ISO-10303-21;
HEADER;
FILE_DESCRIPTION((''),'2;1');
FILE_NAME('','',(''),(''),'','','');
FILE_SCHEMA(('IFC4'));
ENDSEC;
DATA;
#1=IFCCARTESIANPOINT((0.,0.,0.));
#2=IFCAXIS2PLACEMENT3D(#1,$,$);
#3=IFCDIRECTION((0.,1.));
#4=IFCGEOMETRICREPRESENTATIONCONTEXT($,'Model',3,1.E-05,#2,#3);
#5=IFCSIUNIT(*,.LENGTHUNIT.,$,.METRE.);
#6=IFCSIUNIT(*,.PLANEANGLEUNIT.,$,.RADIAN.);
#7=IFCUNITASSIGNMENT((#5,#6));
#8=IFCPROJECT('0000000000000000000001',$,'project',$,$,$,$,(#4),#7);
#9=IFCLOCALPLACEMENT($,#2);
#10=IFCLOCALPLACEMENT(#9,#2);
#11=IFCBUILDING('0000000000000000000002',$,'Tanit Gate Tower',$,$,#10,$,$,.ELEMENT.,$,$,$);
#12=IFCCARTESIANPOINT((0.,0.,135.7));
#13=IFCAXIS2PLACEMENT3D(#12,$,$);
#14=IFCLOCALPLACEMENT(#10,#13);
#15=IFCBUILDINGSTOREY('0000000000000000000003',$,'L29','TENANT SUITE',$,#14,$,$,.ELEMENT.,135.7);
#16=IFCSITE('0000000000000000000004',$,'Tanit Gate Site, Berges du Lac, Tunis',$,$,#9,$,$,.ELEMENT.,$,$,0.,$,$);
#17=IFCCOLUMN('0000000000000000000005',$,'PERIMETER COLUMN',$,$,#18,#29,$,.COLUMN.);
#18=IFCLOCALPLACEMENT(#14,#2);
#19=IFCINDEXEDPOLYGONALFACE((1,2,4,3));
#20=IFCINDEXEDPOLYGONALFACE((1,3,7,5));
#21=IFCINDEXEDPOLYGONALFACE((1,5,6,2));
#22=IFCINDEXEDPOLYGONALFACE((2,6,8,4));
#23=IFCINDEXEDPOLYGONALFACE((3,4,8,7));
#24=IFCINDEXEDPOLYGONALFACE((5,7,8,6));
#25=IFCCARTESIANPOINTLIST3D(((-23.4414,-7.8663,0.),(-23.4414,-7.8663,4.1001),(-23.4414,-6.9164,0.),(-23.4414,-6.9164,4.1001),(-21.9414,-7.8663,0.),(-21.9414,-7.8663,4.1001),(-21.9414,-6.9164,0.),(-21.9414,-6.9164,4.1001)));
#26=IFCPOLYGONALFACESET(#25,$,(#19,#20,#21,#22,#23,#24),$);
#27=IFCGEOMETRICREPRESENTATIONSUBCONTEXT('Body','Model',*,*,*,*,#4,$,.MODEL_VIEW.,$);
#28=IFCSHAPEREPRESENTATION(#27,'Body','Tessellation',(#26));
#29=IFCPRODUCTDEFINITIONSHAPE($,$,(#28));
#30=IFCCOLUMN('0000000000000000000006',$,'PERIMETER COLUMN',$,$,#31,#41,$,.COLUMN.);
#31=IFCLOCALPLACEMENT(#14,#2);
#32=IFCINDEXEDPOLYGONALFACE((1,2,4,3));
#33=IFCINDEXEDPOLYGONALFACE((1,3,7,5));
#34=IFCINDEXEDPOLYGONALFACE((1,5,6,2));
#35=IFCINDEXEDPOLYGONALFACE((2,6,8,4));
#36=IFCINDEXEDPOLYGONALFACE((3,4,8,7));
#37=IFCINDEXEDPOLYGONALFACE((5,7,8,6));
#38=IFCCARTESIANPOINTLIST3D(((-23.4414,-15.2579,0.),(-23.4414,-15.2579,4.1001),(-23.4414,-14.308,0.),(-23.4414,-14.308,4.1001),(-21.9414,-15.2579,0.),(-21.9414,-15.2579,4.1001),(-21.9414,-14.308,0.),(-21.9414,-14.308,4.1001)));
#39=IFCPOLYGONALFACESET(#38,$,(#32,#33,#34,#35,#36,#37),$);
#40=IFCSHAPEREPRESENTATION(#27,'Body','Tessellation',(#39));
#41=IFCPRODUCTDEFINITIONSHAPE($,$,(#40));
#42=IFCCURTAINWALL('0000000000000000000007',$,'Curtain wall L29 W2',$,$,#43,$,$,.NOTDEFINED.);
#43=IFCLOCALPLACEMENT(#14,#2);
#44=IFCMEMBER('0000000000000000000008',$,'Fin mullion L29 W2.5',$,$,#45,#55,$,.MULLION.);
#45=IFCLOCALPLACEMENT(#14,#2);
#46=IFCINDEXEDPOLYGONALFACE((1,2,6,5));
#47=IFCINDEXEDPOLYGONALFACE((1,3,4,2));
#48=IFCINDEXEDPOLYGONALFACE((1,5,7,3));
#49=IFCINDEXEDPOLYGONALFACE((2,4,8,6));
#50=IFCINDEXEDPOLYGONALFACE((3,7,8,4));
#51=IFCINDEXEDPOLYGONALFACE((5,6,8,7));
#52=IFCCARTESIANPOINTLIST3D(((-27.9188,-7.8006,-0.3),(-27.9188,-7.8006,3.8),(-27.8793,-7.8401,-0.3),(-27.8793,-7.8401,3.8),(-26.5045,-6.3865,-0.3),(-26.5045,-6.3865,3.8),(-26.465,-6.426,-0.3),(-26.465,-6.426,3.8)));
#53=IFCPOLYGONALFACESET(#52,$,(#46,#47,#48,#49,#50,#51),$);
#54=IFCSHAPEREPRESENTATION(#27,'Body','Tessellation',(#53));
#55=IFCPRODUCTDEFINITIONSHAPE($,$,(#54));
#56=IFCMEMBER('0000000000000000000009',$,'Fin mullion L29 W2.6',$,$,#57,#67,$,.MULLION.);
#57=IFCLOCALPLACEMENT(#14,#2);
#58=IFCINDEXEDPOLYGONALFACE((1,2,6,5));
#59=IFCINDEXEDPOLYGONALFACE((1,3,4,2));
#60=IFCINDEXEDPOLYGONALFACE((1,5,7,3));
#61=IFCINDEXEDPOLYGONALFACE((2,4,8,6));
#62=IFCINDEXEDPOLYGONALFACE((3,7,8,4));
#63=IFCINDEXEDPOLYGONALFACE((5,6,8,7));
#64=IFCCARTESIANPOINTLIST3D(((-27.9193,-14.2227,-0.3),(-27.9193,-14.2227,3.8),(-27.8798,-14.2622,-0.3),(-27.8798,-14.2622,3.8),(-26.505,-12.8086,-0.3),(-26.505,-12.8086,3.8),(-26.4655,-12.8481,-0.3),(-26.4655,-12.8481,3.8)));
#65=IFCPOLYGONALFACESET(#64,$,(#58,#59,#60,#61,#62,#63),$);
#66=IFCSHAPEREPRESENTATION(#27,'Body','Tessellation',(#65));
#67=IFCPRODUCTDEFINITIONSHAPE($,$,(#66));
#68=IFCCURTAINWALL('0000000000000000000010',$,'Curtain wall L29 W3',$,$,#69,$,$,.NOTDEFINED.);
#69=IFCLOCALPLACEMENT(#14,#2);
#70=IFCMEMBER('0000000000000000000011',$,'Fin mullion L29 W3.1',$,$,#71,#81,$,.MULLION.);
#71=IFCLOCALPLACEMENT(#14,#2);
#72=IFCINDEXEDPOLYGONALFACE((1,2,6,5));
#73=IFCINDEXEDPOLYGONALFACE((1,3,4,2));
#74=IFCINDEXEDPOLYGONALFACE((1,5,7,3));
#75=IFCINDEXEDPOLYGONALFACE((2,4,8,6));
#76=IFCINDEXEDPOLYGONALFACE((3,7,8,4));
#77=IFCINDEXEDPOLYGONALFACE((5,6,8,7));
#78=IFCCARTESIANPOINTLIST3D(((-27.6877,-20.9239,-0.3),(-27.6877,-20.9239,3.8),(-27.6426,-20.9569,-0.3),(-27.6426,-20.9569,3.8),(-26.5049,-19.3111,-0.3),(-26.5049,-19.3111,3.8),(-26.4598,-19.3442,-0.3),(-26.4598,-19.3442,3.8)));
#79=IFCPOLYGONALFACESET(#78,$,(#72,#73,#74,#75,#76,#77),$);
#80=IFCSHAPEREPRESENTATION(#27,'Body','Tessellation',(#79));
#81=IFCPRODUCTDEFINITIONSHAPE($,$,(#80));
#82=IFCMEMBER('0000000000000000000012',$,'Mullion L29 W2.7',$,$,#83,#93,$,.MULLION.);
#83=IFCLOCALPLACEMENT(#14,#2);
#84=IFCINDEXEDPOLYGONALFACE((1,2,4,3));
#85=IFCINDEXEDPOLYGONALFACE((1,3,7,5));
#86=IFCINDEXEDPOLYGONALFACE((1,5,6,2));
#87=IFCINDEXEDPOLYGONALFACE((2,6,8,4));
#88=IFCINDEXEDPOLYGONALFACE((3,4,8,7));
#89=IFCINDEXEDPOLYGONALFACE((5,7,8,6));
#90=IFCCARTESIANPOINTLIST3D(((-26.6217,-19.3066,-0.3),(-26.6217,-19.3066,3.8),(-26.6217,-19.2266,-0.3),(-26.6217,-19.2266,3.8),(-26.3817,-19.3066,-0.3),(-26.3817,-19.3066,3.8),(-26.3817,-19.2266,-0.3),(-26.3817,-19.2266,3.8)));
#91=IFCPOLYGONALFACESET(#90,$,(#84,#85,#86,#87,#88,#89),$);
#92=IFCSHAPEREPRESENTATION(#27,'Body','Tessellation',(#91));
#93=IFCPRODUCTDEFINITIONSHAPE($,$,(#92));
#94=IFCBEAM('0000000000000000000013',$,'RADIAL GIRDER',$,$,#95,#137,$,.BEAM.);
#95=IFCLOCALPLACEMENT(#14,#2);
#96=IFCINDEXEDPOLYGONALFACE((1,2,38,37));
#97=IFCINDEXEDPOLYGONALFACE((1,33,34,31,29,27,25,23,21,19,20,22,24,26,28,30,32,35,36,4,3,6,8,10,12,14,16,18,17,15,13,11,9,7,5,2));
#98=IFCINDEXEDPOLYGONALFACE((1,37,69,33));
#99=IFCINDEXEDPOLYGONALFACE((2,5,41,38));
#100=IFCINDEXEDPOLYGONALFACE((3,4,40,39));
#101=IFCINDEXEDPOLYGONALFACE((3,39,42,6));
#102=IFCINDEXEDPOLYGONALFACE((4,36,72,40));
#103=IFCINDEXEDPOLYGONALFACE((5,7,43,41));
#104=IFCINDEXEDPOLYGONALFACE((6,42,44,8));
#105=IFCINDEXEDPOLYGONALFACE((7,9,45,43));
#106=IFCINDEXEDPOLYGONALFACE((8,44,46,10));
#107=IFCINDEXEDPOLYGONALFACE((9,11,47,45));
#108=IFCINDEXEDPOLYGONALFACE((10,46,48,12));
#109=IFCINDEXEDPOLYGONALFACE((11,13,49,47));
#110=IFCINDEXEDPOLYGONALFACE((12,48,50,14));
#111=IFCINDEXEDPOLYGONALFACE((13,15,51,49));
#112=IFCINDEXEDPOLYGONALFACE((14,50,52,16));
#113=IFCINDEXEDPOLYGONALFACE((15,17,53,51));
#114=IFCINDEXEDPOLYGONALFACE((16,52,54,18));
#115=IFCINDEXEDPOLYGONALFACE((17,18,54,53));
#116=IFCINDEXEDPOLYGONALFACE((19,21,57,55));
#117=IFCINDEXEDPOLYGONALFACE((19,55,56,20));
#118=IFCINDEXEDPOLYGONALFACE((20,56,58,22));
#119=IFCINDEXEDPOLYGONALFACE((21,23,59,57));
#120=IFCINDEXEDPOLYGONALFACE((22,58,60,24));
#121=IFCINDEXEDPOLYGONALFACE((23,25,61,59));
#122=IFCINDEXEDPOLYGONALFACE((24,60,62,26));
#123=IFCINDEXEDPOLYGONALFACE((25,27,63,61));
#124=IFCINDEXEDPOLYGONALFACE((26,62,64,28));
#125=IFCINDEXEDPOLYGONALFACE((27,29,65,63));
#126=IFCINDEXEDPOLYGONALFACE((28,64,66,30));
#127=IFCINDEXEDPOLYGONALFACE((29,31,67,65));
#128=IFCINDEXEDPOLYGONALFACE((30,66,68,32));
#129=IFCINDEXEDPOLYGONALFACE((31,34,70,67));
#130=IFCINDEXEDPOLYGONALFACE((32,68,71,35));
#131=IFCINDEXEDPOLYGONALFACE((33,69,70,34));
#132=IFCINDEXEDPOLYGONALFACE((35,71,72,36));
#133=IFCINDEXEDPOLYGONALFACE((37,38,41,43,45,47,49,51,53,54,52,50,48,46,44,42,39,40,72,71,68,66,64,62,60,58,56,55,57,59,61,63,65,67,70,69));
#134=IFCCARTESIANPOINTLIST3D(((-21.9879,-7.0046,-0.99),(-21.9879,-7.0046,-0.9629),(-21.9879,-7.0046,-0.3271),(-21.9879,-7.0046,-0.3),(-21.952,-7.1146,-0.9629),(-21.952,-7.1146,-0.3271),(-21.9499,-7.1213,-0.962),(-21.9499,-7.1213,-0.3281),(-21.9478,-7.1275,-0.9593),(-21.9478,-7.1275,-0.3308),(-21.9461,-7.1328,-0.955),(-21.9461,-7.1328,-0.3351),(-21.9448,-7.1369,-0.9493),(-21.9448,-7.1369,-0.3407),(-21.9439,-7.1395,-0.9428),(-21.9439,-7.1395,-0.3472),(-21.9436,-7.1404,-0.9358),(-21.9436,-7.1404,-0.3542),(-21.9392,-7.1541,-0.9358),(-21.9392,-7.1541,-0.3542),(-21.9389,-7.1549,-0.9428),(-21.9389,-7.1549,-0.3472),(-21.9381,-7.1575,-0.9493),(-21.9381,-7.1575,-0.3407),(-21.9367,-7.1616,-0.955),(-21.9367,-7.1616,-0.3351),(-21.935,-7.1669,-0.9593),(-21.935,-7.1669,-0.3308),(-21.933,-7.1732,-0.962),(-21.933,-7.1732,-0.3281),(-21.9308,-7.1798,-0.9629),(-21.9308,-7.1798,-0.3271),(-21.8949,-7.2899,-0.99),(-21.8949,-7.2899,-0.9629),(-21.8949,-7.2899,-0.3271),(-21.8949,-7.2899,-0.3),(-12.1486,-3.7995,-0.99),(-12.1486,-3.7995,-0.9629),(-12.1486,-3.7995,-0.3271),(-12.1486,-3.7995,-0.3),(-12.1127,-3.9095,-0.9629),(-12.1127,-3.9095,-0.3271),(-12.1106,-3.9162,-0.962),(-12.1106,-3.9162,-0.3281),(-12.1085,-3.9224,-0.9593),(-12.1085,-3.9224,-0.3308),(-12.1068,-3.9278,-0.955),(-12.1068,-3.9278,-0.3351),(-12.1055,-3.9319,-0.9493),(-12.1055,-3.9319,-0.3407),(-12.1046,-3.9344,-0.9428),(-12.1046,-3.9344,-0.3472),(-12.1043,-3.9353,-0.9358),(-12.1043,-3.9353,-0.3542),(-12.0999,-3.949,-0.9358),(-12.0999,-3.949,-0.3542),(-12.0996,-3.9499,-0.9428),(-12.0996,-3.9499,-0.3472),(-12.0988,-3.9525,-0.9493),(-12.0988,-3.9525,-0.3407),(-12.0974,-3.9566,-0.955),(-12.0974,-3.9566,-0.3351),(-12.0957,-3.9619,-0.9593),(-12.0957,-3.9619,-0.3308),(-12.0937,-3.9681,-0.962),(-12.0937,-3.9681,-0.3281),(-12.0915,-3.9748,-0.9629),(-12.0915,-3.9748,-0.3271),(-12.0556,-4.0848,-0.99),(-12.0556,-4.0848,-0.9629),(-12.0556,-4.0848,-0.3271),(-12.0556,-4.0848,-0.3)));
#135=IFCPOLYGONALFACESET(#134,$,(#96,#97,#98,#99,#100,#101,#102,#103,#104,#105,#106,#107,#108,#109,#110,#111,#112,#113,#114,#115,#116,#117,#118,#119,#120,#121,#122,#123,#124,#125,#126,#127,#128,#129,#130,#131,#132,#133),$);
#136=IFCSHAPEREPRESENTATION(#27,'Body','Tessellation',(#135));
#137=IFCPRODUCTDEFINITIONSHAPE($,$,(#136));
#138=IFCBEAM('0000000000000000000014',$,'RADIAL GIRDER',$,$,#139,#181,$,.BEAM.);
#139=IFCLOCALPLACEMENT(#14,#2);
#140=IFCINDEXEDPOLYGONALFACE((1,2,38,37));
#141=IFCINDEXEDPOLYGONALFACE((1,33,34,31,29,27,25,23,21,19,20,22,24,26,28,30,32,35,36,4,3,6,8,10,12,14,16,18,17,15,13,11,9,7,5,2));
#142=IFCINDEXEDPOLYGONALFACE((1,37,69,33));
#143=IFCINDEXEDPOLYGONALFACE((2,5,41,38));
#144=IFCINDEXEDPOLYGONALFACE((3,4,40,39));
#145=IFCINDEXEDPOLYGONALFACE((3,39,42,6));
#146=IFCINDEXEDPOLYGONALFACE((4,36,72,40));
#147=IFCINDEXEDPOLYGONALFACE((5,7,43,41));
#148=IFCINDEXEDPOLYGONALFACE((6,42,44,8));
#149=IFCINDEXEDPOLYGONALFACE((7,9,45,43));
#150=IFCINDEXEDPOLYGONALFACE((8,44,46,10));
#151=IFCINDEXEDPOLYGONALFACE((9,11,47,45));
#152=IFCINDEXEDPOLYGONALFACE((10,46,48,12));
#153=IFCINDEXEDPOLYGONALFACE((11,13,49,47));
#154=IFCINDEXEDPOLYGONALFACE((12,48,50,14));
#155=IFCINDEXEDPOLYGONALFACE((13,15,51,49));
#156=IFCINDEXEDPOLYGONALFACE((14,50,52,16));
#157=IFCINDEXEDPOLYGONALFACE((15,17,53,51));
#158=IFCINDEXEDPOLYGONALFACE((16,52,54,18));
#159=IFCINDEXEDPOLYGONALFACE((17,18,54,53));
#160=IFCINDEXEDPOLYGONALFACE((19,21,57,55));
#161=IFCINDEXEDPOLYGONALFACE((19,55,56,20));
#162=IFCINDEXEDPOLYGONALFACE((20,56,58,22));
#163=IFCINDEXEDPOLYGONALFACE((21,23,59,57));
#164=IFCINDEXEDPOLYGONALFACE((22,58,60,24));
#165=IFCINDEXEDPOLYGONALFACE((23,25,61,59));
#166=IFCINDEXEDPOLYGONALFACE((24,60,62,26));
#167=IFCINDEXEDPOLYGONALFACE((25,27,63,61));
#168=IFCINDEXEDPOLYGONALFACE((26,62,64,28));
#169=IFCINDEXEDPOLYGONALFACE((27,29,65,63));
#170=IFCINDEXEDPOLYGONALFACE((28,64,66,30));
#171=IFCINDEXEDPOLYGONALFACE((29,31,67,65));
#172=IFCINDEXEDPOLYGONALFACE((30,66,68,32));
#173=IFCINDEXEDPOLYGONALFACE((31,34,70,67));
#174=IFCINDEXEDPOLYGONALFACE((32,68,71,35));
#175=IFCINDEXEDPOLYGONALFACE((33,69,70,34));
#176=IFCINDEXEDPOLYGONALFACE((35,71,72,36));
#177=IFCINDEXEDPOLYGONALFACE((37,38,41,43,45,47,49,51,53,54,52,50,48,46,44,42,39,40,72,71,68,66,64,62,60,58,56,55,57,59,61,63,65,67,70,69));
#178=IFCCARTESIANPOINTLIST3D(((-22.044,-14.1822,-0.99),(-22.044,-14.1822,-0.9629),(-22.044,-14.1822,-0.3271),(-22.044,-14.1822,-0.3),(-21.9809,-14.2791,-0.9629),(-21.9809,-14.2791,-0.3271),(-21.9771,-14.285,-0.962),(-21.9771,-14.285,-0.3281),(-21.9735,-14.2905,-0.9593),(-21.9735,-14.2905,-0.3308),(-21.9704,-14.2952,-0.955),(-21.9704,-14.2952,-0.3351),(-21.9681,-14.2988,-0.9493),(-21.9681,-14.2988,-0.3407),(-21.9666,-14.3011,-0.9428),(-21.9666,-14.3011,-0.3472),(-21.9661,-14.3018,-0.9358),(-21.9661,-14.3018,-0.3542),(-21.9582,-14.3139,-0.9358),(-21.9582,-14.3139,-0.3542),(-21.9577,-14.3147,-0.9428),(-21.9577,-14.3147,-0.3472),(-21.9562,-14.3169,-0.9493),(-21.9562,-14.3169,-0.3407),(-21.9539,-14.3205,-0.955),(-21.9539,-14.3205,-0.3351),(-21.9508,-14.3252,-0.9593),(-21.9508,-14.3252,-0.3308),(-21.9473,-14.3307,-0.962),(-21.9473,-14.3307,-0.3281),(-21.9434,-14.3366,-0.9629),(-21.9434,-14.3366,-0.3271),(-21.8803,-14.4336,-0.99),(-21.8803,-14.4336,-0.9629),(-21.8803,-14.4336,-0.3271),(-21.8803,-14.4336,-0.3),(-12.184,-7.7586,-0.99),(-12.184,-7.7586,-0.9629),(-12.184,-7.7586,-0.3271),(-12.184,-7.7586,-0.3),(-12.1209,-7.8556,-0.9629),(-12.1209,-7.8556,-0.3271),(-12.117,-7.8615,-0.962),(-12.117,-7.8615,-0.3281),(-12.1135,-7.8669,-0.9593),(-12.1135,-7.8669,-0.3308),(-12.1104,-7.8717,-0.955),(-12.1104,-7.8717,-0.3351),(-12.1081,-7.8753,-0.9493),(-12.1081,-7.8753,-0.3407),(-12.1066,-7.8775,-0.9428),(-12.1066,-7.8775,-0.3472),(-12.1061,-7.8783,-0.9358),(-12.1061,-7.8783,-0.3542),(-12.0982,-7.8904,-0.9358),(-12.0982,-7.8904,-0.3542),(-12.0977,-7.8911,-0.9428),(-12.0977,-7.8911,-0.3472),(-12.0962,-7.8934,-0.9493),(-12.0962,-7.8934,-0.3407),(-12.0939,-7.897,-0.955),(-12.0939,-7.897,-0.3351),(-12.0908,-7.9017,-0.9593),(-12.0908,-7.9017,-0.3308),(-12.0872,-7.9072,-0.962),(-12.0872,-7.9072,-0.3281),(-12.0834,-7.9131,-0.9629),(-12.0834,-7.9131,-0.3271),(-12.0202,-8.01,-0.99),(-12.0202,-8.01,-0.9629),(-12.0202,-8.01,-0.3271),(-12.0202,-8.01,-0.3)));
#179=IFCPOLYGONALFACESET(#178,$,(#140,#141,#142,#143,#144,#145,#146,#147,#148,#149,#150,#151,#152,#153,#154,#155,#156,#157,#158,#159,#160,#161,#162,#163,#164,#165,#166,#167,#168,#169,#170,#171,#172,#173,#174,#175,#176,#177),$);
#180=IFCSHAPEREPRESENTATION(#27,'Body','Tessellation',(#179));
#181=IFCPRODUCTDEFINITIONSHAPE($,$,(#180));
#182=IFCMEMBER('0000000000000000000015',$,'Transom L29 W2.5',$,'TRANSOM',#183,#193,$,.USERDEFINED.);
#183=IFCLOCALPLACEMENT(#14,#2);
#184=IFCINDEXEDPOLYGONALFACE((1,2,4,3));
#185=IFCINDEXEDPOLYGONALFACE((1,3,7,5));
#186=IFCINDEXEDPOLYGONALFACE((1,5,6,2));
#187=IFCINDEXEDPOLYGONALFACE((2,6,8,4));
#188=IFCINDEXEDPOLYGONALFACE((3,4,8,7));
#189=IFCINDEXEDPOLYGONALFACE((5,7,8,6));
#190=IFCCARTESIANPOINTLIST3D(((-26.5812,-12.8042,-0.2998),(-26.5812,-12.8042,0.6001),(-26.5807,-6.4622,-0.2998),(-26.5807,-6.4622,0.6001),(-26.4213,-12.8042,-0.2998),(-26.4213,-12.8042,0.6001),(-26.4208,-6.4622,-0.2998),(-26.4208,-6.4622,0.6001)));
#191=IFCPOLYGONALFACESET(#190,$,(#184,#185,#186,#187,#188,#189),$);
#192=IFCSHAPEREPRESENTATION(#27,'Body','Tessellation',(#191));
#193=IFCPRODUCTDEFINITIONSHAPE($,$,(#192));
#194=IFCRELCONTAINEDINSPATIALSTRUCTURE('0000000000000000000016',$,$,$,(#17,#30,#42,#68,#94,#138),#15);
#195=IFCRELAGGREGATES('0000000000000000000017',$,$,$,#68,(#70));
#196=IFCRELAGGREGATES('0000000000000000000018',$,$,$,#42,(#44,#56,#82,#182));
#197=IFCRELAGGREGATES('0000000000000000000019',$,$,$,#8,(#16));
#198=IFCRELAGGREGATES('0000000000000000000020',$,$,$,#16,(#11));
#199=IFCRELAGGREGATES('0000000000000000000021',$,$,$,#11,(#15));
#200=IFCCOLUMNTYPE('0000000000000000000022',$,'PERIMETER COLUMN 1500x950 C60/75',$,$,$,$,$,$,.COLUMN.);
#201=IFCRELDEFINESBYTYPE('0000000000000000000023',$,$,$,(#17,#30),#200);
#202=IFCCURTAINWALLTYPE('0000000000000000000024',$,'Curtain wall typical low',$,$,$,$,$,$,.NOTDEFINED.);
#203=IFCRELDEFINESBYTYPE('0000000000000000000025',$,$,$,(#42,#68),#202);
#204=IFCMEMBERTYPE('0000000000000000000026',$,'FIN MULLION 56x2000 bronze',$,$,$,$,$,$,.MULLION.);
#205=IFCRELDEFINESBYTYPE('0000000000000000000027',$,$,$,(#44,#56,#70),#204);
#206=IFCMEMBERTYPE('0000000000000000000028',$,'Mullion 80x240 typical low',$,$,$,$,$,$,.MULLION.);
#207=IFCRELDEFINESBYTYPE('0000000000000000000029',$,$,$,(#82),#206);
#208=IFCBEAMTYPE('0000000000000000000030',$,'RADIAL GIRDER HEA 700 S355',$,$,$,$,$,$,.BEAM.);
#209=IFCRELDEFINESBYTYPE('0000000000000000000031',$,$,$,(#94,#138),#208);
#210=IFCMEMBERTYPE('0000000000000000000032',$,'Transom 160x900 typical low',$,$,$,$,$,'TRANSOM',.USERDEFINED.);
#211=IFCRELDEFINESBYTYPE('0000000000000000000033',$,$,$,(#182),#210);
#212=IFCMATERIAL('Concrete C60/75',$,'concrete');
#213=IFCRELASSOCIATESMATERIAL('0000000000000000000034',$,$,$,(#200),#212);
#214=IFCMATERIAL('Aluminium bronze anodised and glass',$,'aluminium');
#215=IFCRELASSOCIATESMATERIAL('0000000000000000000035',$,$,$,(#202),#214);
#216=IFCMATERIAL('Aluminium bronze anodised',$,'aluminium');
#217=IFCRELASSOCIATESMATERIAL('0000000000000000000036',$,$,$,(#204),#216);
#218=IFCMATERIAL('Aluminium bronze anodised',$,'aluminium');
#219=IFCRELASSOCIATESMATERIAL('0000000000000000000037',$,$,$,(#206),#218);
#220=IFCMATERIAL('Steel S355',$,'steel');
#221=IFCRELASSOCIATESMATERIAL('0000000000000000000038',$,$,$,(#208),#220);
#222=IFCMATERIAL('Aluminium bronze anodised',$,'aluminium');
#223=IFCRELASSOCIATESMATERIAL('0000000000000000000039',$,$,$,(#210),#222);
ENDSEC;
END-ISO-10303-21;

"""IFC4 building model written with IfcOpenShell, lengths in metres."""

from ifc_helpers import new_model, si_unit, direction, frame, origin, origin_2d, place, context, subcontext, project, spatial, rectangle, i_section, extrude, material, material_profile, profile_set, type_object, element, aggregate, save


model = new_model("IFC4")

# Units and contexts
model_context = context("Model", 3, precision=1e-05, world=origin(), true_north=direction((0.0, 1.0)))
body_context = subcontext(model_context, "Body", "Model", "MODEL_VIEW")
ifc_project = project(units=[si_unit("LENGTHUNIT", "METRE"), si_unit("PLANEANGLEUNIT", "RADIAN")], contexts=[model_context])

# Site, building, storey
site_placement = place(None, origin())
site = spatial("IfcSite", under=ifc_project, at=site_placement, Name="Tanit Gate Site, Berges du Lac, Tunis", CompositionType="ELEMENT", RefElevation=0.0)
building_placement = place(site_placement, origin())
building = spatial("IfcBuilding", under=site, at=building_placement, Name="Tanit Gate Tower", CompositionType="ELEMENT")
storey_placement = place(building_placement, frame((0.0, 0.0, 135.7)))
storey = spatial("IfcBuildingStorey", under=building, at=storey_placement, Name="L29", Description="TENANT SUITE", CompositionType="ELEMENT", Elevation=135.7)

# Columns
ifc_material_1 = material(Name="Concrete C60/75", Category="concrete")
ifc_material_profile_1 = material_profile(ifc_material_1, rectangle(XDim=1.5, YDim=0.95, at=origin_2d()), Name="RC 1500x950")
ifc_profile_set_1 = profile_set([ifc_material_profile_1], Name="Concrete C60/75")
column_type = type_object("IfcColumnType", Name="PERIMETER COLUMN 1500x950 C60/75", PredefinedType="COLUMN", material=ifc_profile_set_1)
for number, where, z_axis, x_axis, name in (
    (1, (-22.6914, -7.3914, 0.0), (0.0, 0.0, 1.0), (-1.0, 0.0, 0.0), "PERIMETER COLUMN"),
    (2, (-22.6914, -14.783, 0.0), (0.0, 0.0, 1.0), (-1.0, 0.0, 0.0), "PERIMETER COLUMN"),
):
    element("IfcColumn", number, at=place(storey_placement, frame(where, z_axis=z_axis, x_axis=x_axis)), inside=storey, type_object=column_type, Name=name, PredefinedType="COLUMN", context=body_context, shape_type="SweptSolid", body=[
        extrude(rectangle(XDim=1.5, YDim=0.95, at=origin_2d()), origin(), (0.0, 0.0, 1.0), 4.1001),
    ])

# Curtain wall, members
ifc_material_2 = material(Name="Aluminium bronze anodised and glass", Category="aluminium")
curtain_wall_type = type_object("IfcCurtainWallType", Name="Curtain wall typical low", PredefinedType="NOTDEFINED", material=ifc_material_2)
curtain_wall_1_placement = place(storey_placement, origin())
curtain_wall_1 = element("IfcCurtainWall", 3, at=curtain_wall_1_placement, inside=storey, type_object=curtain_wall_type, Name="Curtain wall L29 W2", PredefinedType="NOTDEFINED")
ifc_material_3 = material(Name="Aluminium bronze anodised", Category="aluminium")
ifc_material_profile_2 = material_profile(ifc_material_3, rectangle(XDim=2.0, YDim=0.0559, at=origin_2d()), Name="56x2000 bronze fin mullion")
ifc_profile_set_2 = profile_set([ifc_material_profile_2], Name="Aluminium bronze anodised")
member_type_1 = type_object("IfcMemberType", Name="FIN MULLION 56x2000 bronze", PredefinedType="MULLION", material=ifc_profile_set_2)
member_1_placement = place(storey_placement, frame((-27.1919, -7.1133, -0.3), z_axis=(0.0, 0.0, 1.0), x_axis=(0.707156, 0.707058, 0.0)))
member_1 = element("IfcMember", 4, at=member_1_placement, type_object=member_type_1, Name="Fin mullion L29 W2.5", PredefinedType="MULLION", context=body_context, shape_type="SweptSolid", body=[
    extrude(rectangle(XDim=2.0, YDim=0.0559, at=origin_2d()), origin(), (0.0, 0.0, 1.0), 4.1001),
])
member_2_placement = place(storey_placement, frame((-27.1924, -13.5354, -0.3), z_axis=(0.0, 0.0, 1.0), x_axis=(0.707156, 0.707058, 0.0)))
member_2 = element("IfcMember", 5, at=member_2_placement, type_object=member_type_1, Name="Fin mullion L29 W2.6", PredefinedType="MULLION", context=body_context, shape_type="SweptSolid", body=[
    extrude(rectangle(XDim=2.0, YDim=0.0559, at=origin_2d()), origin(), (0.0, 0.0, 1.0), 4.1001),
])

# Curtain wall, member
curtain_wall_2_placement = place(storey_placement, origin())
curtain_wall_2 = element("IfcCurtainWall", 6, at=curtain_wall_2_placement, inside=storey, type_object=curtain_wall_type, Name="Curtain wall L29 W3", PredefinedType="NOTDEFINED")
member_3_placement = place(storey_placement, frame((-27.0737, -20.134, -0.3), z_axis=(0.0, 0.0, 1.0), x_axis=(0.591404, 0.806375, 0.0)))
member_3 = element("IfcMember", 7, at=member_3_placement, type_object=member_type_1, Name="Fin mullion L29 W3.1", PredefinedType="MULLION", context=body_context, shape_type="SweptSolid", body=[
    extrude(rectangle(XDim=2.0, YDim=0.0559, at=origin_2d()), origin(), (0.0, 0.0, 1.0), 4.1001),
])

# Member
ifc_material_4 = material(Name="Aluminium bronze anodised", Category="aluminium")
ifc_material_profile_3 = material_profile(ifc_material_4, rectangle(XDim=0.24, YDim=0.0801, at=origin_2d()), Name="80x240 bronze mullion")
ifc_profile_set_3 = profile_set([ifc_material_profile_3], Name="Aluminium bronze anodised")
member_type_2 = type_object("IfcMemberType", Name="Mullion 80x240 typical low", PredefinedType="MULLION", material=ifc_profile_set_3)
member_4_placement = place(storey_placement, frame((-26.5017, -19.2666, -0.3), z_axis=(0.0, 0.0, 1.0), x_axis=(1.0, -0.000069, 0.0)))
member_4 = element("IfcMember", 8, at=member_4_placement, type_object=member_type_2, Name="Mullion L29 W2.7", PredefinedType="MULLION", context=body_context, shape_type="SweptSolid", body=[
    extrude(rectangle(XDim=0.24, YDim=0.0801, at=origin_2d()), origin(), (0.0, 0.0, 1.0), 4.1001),
])

# Beams
ifc_material_5 = material(Name="Steel S355", Category="steel")
ifc_material_profile_4 = material_profile(ifc_material_5, i_section(OverallWidth=0.3, OverallDepth=0.6899, WebThickness=0.0144, FlangeThickness=0.0271, FilletRadius=0.0271, at=origin_2d()), Name="HEA 700")
ifc_profile_set_4 = profile_set([ifc_material_profile_4], Name="Steel S355")
beam_type = type_object("IfcBeamType", Name="RADIAL GIRDER HEA 700 S355", PredefinedType="BEAM", material=ifc_profile_set_4)
beam_1_placement = place(storey_placement, frame((-21.9414, -7.1472, -0.645), z_axis=(0.950827, 0.309723, 0.0), x_axis=(-0.309723, 0.950827, 0.0)))
element("IfcBeam", 9, at=beam_1_placement, inside=storey, type_object=beam_type, Name="RADIAL GIRDER", PredefinedType="BEAM", context=body_context, shape_type="SweptSolid", body=[
    extrude(i_section(OverallWidth=0.3, OverallDepth=0.6899, WebThickness=0.0144, FlangeThickness=0.0271, FilletRadius=0.0271, at=origin_2d()), origin(), (0.0, 0.0, 1.0), 10.3481),
])
beam_2_placement = place(storey_placement, frame((-21.9622, -14.3079, -0.645), z_axis=(0.83788, 0.545855, 0.0), x_axis=(-0.545855, 0.83788, 0.0)))
element("IfcBeam", 10, at=beam_2_placement, inside=storey, type_object=beam_type, Name="RADIAL GIRDER", PredefinedType="BEAM", context=body_context, shape_type="SweptSolid", body=[
    extrude(i_section(OverallWidth=0.3, OverallDepth=0.6899, WebThickness=0.0144, FlangeThickness=0.0271, FilletRadius=0.0271, at=origin_2d()), origin(), (0.0, 0.0, 1.0), 11.7678),
])

# Member
ifc_material_6 = material(Name="Aluminium bronze anodised", Category="aluminium")
ifc_material_profile_5 = material_profile(ifc_material_6, rectangle(XDim=0.1599, YDim=0.8999, at=origin_2d()), Name="160x900 bronze transom")
ifc_profile_set_5 = profile_set([ifc_material_profile_5], Name="Aluminium bronze anodised")
member_type_3 = type_object("IfcMemberType", Name="Transom 160x900 typical low", ElementType="TRANSOM", PredefinedType="USERDEFINED", material=ifc_profile_set_5)
member_5_placement = place(storey_placement, frame((-26.5007, -6.4622, 0.1501), z_axis=(-0.000077, -1.0, 0.0), x_axis=(1.0, -0.000077, 0.0)))
member_5 = element("IfcMember", 11, at=member_5_placement, type_object=member_type_3, Name="Transom L29 W2.5", ObjectType="TRANSOM", PredefinedType="USERDEFINED", context=body_context, shape_type="SweptSolid", body=[
    extrude(rectangle(XDim=0.1599, YDim=0.8999, at=origin_2d()), origin(), (0.0, 0.0, 1.0), 6.342),
])
aggregate(curtain_wall_2, [member_3])

aggregate(curtain_wall_1, [member_1, member_2, member_4, member_5])

save(model, "model.ifc")
